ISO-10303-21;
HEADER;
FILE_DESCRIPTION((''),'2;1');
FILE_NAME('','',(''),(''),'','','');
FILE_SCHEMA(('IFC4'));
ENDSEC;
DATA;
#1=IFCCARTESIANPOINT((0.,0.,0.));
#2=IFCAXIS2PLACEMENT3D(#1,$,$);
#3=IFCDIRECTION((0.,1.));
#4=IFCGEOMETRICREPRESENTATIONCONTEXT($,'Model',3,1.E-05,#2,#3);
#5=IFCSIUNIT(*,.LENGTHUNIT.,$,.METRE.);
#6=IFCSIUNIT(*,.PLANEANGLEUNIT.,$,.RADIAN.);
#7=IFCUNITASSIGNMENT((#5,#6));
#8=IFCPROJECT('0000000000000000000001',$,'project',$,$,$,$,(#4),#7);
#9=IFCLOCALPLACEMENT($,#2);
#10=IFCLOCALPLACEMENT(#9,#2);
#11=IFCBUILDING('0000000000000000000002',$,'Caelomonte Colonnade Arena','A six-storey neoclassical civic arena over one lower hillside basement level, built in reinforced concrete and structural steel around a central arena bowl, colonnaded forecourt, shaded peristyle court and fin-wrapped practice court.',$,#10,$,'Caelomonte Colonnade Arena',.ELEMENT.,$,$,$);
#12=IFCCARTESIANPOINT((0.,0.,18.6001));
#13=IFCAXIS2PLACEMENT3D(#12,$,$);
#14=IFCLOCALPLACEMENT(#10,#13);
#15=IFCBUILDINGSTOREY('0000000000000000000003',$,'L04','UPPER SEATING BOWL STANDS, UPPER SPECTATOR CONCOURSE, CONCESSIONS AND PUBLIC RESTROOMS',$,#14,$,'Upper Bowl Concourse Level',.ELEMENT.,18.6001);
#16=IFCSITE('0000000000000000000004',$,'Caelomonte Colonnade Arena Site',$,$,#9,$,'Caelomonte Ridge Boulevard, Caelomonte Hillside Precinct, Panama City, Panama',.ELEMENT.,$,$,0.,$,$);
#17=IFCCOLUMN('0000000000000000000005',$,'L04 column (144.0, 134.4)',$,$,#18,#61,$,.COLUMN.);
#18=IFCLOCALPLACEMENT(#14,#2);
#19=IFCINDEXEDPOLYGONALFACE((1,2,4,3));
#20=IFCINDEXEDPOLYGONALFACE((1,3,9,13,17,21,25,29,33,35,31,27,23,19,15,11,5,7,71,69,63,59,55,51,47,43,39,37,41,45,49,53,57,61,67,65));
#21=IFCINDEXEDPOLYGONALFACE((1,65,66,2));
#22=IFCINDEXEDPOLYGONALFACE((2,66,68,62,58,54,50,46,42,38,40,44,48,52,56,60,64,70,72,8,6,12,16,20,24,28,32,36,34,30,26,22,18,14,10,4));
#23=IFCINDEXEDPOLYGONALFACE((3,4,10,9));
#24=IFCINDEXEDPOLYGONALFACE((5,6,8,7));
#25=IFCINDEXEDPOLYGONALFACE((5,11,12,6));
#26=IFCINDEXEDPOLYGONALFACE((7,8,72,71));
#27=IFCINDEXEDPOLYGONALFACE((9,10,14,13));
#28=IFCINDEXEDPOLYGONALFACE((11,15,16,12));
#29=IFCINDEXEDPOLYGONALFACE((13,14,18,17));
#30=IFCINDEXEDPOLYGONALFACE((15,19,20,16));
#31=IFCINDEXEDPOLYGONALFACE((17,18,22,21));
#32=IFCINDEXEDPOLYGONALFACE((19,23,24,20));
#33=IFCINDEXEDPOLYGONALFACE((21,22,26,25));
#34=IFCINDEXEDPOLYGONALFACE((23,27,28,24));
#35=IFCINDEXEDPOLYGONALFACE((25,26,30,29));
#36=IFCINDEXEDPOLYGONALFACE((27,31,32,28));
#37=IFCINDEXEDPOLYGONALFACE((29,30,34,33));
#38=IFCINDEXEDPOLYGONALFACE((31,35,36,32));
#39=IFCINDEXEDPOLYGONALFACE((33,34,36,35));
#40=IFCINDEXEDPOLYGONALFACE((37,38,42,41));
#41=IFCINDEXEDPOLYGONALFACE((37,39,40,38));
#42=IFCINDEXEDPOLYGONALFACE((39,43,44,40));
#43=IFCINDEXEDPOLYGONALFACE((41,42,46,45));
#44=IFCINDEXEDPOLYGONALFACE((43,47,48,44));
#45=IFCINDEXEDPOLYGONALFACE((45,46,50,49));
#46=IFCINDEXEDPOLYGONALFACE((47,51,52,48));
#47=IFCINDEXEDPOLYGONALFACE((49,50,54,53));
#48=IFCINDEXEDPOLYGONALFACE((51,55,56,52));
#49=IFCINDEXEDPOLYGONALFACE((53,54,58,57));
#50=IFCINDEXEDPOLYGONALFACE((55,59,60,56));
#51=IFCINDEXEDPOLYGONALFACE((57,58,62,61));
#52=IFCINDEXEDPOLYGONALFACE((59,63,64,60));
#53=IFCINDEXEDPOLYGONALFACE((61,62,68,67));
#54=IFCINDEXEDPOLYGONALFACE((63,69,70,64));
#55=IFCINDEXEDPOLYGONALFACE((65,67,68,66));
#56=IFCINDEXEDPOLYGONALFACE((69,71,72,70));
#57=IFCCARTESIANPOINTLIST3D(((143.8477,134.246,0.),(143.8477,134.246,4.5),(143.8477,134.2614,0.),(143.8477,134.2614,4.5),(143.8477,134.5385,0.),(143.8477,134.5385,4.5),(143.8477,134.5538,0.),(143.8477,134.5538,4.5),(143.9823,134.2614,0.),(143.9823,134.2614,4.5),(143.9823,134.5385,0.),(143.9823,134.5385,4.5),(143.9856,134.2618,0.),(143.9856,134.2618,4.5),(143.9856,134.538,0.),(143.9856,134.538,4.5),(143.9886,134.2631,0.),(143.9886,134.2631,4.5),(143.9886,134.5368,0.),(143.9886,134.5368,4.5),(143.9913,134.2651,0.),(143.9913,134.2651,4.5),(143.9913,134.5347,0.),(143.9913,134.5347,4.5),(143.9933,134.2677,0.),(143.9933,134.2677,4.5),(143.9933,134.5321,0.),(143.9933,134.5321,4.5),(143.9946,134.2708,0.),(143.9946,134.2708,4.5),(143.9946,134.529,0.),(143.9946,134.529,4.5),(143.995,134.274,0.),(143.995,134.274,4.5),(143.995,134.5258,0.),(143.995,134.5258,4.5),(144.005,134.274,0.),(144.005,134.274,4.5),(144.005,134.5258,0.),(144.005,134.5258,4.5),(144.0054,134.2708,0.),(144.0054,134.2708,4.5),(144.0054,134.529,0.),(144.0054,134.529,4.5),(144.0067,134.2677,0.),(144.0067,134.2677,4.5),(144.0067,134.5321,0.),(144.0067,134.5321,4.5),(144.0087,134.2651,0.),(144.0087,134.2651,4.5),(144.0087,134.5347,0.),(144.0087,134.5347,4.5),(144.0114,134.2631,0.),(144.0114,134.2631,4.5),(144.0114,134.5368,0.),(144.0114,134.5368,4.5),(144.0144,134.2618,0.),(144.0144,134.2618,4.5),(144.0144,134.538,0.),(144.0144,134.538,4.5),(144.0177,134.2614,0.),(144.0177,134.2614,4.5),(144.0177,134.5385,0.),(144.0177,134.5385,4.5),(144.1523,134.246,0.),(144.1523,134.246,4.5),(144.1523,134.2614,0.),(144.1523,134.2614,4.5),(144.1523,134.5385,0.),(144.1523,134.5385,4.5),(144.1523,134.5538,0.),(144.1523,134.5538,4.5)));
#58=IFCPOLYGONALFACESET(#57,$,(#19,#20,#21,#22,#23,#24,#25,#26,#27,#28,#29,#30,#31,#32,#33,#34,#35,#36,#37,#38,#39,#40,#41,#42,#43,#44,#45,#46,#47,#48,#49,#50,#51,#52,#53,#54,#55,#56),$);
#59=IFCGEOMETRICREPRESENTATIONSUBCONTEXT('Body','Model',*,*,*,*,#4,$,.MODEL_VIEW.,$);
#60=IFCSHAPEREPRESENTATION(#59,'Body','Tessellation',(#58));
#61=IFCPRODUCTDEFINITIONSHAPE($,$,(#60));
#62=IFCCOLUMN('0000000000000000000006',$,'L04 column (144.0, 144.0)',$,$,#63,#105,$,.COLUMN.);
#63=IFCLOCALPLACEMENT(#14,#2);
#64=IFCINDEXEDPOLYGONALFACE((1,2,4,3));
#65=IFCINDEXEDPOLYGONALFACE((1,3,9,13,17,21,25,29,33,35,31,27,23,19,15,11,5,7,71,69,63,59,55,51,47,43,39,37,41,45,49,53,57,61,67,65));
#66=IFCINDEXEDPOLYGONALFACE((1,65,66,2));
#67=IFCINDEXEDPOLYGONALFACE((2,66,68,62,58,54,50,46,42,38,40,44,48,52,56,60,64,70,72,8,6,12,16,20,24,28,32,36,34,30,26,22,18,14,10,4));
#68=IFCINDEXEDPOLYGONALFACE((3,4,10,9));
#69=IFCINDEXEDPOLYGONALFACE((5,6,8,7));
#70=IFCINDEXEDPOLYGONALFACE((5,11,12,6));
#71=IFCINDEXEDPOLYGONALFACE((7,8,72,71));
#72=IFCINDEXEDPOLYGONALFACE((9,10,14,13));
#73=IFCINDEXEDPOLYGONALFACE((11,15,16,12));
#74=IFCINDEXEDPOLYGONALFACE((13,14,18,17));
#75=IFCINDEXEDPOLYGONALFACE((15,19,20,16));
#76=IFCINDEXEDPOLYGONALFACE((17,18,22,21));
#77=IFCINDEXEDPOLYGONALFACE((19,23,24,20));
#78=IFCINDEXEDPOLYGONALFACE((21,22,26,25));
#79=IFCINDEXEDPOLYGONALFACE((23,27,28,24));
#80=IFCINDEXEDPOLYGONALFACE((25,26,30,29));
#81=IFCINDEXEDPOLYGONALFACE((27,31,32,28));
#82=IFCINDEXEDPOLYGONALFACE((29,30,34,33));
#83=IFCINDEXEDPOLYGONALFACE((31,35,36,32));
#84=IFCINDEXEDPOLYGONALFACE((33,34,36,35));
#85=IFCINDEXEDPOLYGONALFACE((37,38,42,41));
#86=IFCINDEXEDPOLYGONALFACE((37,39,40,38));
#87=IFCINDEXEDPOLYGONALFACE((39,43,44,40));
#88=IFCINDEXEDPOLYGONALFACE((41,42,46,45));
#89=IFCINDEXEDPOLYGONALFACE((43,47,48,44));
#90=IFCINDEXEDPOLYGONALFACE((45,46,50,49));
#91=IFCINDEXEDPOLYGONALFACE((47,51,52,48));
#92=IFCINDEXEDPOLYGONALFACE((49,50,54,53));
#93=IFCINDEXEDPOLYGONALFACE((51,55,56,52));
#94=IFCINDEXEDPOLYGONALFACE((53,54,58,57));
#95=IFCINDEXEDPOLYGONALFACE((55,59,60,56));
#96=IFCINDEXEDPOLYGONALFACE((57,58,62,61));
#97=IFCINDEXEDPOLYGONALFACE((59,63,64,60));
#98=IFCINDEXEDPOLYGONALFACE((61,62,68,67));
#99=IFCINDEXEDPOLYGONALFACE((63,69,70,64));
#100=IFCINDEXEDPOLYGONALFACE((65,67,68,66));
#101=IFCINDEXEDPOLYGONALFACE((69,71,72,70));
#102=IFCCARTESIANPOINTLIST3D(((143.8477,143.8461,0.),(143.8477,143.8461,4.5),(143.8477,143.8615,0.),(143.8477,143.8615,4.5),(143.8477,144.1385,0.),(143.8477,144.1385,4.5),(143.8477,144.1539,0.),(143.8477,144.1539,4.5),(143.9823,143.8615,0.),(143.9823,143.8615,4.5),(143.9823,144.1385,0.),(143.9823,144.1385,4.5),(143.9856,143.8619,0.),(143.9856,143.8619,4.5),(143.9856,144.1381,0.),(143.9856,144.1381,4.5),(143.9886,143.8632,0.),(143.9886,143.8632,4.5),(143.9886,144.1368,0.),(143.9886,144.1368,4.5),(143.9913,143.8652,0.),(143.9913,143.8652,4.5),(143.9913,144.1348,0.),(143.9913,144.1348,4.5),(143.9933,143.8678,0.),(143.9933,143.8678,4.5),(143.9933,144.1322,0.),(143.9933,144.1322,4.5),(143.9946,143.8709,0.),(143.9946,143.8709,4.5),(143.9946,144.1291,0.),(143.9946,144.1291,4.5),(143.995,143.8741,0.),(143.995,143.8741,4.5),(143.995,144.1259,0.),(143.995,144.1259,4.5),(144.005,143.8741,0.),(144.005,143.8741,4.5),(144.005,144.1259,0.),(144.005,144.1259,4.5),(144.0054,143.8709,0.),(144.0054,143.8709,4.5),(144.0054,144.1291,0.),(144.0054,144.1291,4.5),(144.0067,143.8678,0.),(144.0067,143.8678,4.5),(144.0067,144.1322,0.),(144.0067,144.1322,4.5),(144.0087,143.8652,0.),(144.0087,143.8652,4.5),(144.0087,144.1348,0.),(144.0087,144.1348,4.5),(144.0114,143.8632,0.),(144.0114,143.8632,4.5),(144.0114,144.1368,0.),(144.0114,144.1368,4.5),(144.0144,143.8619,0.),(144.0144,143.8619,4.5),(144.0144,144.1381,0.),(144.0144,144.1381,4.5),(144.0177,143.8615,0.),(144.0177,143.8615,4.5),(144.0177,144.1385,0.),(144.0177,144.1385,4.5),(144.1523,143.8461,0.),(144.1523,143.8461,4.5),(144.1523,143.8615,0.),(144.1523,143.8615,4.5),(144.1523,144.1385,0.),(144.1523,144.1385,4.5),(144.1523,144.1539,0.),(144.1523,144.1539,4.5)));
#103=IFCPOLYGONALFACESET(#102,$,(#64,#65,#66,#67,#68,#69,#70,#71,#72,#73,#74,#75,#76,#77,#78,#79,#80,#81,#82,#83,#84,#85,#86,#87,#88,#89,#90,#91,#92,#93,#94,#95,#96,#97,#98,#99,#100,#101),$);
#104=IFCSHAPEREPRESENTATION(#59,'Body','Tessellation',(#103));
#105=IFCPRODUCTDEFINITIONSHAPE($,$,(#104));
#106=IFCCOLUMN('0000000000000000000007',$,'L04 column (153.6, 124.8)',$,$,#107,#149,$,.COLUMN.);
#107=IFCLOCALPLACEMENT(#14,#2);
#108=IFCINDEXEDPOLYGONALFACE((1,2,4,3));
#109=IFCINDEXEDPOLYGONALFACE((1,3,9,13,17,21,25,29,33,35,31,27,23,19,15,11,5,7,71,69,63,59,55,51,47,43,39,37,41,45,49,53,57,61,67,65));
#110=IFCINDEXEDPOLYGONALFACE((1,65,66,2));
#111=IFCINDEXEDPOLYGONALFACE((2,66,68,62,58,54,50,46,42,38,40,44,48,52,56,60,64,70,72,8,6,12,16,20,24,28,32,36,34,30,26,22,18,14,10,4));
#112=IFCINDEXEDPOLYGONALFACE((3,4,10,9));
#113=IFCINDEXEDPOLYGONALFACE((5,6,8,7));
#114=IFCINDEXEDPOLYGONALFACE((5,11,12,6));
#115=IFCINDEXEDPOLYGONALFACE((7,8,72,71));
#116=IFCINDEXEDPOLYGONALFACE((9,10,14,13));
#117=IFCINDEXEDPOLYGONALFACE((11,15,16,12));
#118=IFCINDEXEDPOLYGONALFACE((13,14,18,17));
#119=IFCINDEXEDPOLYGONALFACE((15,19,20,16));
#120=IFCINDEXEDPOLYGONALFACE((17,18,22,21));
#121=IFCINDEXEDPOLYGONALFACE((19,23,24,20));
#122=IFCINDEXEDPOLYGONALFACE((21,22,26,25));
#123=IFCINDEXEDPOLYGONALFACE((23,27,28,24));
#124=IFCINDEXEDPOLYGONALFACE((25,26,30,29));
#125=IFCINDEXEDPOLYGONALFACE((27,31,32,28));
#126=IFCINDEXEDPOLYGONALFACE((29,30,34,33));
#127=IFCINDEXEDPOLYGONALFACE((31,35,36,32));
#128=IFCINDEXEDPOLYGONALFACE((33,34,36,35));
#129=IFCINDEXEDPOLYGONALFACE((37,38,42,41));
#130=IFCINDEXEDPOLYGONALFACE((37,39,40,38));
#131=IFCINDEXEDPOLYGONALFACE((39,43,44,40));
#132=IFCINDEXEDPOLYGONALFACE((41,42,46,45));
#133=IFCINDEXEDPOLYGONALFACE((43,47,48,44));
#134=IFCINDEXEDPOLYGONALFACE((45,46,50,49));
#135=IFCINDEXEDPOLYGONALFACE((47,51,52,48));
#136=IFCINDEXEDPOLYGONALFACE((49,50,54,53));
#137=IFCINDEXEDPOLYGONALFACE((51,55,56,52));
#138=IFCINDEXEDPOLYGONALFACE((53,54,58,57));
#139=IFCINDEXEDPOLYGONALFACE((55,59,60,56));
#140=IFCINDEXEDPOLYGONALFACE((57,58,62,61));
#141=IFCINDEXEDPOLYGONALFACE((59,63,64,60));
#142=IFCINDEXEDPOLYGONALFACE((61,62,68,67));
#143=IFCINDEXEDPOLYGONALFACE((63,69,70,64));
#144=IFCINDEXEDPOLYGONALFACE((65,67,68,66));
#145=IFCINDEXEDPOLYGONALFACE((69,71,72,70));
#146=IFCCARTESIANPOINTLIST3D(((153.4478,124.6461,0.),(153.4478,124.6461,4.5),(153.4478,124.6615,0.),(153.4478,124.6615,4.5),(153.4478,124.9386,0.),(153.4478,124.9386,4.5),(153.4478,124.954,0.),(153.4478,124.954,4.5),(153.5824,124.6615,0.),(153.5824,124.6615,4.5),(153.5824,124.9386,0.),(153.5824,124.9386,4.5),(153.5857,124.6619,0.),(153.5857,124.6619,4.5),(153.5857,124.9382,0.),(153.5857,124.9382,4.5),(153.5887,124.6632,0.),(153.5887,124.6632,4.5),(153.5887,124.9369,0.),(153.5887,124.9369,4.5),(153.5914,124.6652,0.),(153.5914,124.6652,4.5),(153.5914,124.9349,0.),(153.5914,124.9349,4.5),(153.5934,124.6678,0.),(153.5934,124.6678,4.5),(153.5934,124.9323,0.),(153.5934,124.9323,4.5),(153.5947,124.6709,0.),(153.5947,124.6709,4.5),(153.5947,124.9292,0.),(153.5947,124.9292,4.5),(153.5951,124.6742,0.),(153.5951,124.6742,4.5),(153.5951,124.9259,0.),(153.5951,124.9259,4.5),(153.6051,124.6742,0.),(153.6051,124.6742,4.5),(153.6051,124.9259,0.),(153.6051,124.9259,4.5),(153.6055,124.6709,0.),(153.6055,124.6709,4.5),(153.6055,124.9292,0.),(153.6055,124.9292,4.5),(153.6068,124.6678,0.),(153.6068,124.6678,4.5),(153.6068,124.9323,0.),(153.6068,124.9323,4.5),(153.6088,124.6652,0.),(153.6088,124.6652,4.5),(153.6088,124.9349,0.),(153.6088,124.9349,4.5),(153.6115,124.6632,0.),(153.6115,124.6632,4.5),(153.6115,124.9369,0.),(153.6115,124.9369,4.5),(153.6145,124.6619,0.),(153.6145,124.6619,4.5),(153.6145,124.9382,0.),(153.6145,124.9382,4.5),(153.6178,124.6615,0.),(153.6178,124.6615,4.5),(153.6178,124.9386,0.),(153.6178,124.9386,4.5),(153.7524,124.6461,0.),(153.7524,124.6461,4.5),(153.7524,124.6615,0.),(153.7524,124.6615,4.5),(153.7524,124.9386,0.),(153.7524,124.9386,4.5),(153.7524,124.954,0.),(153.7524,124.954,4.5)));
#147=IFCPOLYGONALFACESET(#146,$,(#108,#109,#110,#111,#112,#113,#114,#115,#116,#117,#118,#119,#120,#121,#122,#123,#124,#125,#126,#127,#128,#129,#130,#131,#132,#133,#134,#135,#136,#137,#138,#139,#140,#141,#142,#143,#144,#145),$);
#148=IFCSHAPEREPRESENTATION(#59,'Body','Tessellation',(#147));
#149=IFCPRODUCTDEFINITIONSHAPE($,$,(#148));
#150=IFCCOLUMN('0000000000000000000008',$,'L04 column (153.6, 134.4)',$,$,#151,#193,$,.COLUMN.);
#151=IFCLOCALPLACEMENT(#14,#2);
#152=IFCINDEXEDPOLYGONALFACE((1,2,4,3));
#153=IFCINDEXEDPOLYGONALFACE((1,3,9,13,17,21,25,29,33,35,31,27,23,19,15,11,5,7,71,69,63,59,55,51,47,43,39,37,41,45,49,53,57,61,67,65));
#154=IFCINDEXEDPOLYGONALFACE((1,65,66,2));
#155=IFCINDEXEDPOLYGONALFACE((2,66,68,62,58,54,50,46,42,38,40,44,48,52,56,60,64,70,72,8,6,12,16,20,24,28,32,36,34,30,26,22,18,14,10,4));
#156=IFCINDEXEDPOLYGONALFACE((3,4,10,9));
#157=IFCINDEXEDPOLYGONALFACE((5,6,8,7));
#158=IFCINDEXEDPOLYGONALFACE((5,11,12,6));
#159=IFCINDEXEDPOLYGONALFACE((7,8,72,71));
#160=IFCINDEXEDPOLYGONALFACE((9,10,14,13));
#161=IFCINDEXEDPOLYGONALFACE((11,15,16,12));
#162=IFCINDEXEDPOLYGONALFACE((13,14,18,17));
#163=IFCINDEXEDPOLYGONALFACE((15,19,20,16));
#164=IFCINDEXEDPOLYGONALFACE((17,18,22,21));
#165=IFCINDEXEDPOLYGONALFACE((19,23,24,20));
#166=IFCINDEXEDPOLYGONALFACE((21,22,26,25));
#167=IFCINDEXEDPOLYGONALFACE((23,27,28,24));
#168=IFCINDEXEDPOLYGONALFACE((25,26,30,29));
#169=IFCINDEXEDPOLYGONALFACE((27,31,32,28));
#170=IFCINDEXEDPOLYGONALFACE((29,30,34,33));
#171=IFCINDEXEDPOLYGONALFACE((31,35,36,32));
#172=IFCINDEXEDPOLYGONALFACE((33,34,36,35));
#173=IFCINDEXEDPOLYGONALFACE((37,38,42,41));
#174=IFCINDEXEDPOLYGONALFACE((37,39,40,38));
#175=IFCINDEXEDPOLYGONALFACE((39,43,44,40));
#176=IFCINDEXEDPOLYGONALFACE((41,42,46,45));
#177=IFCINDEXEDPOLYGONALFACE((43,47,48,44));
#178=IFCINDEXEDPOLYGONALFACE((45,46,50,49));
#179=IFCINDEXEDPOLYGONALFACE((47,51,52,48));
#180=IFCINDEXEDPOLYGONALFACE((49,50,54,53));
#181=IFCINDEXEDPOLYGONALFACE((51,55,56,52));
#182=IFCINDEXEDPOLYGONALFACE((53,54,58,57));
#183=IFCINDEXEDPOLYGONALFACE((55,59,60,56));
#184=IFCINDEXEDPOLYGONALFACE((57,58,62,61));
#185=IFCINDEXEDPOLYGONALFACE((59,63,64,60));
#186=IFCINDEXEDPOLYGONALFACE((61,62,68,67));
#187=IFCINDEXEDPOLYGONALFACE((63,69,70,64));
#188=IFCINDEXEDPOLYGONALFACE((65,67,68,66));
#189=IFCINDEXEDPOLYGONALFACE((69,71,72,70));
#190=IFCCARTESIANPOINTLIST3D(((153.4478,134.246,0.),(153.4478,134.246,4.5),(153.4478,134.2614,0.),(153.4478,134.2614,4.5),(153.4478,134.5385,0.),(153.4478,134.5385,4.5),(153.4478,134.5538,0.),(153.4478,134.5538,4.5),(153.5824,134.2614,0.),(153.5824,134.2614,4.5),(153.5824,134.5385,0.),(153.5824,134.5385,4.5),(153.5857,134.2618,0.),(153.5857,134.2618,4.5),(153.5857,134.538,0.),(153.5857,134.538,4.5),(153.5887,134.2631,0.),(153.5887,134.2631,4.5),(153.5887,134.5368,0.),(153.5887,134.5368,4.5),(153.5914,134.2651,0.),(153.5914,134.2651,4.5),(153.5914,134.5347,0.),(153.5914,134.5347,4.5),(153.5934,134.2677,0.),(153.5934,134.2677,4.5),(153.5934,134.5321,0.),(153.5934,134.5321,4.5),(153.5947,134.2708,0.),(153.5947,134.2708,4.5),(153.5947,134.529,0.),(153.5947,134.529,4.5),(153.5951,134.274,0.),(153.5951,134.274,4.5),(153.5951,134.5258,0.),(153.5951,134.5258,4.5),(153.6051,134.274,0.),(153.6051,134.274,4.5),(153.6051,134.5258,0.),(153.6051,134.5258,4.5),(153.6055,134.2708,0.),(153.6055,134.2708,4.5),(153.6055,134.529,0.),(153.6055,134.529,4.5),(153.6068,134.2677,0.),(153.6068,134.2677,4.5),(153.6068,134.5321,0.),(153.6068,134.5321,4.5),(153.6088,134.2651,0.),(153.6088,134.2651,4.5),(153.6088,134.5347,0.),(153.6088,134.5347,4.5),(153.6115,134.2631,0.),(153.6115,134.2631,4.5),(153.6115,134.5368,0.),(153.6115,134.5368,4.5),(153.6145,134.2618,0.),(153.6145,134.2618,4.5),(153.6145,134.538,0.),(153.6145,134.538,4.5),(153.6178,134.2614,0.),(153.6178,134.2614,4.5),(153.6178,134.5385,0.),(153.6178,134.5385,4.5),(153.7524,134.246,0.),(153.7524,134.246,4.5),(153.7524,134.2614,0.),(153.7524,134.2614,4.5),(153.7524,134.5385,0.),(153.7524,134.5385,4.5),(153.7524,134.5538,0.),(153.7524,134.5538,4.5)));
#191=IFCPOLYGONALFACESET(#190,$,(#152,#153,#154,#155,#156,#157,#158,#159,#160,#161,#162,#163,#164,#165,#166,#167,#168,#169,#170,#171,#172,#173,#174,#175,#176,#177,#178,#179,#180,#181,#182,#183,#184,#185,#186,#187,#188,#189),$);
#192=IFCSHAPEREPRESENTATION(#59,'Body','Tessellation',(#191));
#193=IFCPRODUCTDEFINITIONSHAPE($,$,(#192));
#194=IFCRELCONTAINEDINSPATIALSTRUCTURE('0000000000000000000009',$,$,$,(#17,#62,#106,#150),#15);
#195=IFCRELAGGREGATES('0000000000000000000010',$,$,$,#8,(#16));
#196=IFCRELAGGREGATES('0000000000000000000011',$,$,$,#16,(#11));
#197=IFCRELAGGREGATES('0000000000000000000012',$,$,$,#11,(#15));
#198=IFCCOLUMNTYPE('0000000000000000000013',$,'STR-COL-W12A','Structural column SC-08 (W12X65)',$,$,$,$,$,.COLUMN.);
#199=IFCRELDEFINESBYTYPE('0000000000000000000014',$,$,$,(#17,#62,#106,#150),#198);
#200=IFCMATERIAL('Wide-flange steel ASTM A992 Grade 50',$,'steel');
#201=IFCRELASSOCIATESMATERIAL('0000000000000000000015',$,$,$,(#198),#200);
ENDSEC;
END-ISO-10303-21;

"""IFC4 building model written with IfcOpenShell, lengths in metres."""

from ifc_helpers import new_model, si_unit, direction, frame, origin, origin_2d, place, context, subcontext, project, spatial, i_section, extrude, material, material_profile, profile_set, type_object, element, save


model = new_model("IFC4")

# Units and contexts
model_context = context("Model", 3, precision=1e-05, world=origin(), true_north=direction((0.0, 1.0)))
body_context = subcontext(model_context, "Body", "Model", "MODEL_VIEW")
ifc_project = project(units=[si_unit("LENGTHUNIT", "METRE"), si_unit("PLANEANGLEUNIT", "RADIAN")], contexts=[model_context])

# Site, building, storey
site_placement = place(None, origin())
site = spatial("IfcSite", under=ifc_project, at=site_placement, Name="Caelomonte Colonnade Arena Site", LongName="Caelomonte Ridge Boulevard, Caelomonte Hillside Precinct, Panama City, Panama", CompositionType="ELEMENT", RefElevation=0.0)
building_placement = place(site_placement, origin())
building = spatial("IfcBuilding", under=site, at=building_placement, Name="Caelomonte Colonnade Arena", Description="A six-storey neoclassical civic arena over one lower hillside basement level, built in reinforced concrete and structural steel around a central arena bowl, colonnaded forecourt, shaded peristyle court and fin-wrapped practice court.", LongName="Caelomonte Colonnade Arena", CompositionType="ELEMENT")
storey_placement = place(building_placement, frame((0.0, 0.0, 18.6001)))
storey = spatial("IfcBuildingStorey", under=building, at=storey_placement, Name="L04", Description="UPPER SEATING BOWL STANDS, UPPER SPECTATOR CONCOURSE, CONCESSIONS AND PUBLIC RESTROOMS", LongName="Upper Bowl Concourse Level", CompositionType="ELEMENT", Elevation=18.6001)

# Columns
ifc_material_1 = material(Name="Wide-flange steel ASTM A992 Grade 50", Category="steel")
ifc_material_profile_1 = material_profile(ifc_material_1, i_section(OverallWidth=0.3047, OverallDepth=0.3079, WebThickness=0.01, FlangeThickness=0.0154, FilletRadius=0.0127, at=origin_2d()), Name="W12X65")
ifc_profile_set_1 = profile_set([ifc_material_profile_1], Name="Wide-flange steel ASTM A992 Grade 50")
column_type = type_object("IfcColumnType", Name="STR-COL-W12A", Description="Structural column SC-08 (W12X65)", PredefinedType="COLUMN", material=ifc_profile_set_1)
for number, where, z_axis, x_axis, name in (
    (1, (144.0, 134.3999, 0.0), (0.0, 0.0, 1.0), (1.0, 0.0, 0.0), "L04 column (144.0, 134.4)"),
    (2, (144.0, 144.0, 0.0), (0.0, 0.0, 1.0), (1.0, 0.0, 0.0), "L04 column (144.0, 144.0)"),
    (3, (153.6001, 124.8, 0.0), (0.0, 0.0, 1.0), (1.0, 0.0, 0.0), "L04 column (153.6, 124.8)"),
    (4, (153.6001, 134.3999, 0.0), (0.0, 0.0, 1.0), (1.0, 0.0, 0.0), "L04 column (153.6, 134.4)"),
):
    element("IfcColumn", number, at=place(storey_placement, frame(where, z_axis=z_axis, x_axis=x_axis)), inside=storey, type_object=column_type, Name=name, PredefinedType="COLUMN", context=body_context, shape_type="SweptSolid", body=[
        extrude(i_section(OverallWidth=0.3047, OverallDepth=0.3079, WebThickness=0.01, FlangeThickness=0.0154, FilletRadius=0.0127, at=origin_2d()), origin(), (0.0, 0.0, 1.0), 4.5),
    ])

save(model, "model.ifc")
